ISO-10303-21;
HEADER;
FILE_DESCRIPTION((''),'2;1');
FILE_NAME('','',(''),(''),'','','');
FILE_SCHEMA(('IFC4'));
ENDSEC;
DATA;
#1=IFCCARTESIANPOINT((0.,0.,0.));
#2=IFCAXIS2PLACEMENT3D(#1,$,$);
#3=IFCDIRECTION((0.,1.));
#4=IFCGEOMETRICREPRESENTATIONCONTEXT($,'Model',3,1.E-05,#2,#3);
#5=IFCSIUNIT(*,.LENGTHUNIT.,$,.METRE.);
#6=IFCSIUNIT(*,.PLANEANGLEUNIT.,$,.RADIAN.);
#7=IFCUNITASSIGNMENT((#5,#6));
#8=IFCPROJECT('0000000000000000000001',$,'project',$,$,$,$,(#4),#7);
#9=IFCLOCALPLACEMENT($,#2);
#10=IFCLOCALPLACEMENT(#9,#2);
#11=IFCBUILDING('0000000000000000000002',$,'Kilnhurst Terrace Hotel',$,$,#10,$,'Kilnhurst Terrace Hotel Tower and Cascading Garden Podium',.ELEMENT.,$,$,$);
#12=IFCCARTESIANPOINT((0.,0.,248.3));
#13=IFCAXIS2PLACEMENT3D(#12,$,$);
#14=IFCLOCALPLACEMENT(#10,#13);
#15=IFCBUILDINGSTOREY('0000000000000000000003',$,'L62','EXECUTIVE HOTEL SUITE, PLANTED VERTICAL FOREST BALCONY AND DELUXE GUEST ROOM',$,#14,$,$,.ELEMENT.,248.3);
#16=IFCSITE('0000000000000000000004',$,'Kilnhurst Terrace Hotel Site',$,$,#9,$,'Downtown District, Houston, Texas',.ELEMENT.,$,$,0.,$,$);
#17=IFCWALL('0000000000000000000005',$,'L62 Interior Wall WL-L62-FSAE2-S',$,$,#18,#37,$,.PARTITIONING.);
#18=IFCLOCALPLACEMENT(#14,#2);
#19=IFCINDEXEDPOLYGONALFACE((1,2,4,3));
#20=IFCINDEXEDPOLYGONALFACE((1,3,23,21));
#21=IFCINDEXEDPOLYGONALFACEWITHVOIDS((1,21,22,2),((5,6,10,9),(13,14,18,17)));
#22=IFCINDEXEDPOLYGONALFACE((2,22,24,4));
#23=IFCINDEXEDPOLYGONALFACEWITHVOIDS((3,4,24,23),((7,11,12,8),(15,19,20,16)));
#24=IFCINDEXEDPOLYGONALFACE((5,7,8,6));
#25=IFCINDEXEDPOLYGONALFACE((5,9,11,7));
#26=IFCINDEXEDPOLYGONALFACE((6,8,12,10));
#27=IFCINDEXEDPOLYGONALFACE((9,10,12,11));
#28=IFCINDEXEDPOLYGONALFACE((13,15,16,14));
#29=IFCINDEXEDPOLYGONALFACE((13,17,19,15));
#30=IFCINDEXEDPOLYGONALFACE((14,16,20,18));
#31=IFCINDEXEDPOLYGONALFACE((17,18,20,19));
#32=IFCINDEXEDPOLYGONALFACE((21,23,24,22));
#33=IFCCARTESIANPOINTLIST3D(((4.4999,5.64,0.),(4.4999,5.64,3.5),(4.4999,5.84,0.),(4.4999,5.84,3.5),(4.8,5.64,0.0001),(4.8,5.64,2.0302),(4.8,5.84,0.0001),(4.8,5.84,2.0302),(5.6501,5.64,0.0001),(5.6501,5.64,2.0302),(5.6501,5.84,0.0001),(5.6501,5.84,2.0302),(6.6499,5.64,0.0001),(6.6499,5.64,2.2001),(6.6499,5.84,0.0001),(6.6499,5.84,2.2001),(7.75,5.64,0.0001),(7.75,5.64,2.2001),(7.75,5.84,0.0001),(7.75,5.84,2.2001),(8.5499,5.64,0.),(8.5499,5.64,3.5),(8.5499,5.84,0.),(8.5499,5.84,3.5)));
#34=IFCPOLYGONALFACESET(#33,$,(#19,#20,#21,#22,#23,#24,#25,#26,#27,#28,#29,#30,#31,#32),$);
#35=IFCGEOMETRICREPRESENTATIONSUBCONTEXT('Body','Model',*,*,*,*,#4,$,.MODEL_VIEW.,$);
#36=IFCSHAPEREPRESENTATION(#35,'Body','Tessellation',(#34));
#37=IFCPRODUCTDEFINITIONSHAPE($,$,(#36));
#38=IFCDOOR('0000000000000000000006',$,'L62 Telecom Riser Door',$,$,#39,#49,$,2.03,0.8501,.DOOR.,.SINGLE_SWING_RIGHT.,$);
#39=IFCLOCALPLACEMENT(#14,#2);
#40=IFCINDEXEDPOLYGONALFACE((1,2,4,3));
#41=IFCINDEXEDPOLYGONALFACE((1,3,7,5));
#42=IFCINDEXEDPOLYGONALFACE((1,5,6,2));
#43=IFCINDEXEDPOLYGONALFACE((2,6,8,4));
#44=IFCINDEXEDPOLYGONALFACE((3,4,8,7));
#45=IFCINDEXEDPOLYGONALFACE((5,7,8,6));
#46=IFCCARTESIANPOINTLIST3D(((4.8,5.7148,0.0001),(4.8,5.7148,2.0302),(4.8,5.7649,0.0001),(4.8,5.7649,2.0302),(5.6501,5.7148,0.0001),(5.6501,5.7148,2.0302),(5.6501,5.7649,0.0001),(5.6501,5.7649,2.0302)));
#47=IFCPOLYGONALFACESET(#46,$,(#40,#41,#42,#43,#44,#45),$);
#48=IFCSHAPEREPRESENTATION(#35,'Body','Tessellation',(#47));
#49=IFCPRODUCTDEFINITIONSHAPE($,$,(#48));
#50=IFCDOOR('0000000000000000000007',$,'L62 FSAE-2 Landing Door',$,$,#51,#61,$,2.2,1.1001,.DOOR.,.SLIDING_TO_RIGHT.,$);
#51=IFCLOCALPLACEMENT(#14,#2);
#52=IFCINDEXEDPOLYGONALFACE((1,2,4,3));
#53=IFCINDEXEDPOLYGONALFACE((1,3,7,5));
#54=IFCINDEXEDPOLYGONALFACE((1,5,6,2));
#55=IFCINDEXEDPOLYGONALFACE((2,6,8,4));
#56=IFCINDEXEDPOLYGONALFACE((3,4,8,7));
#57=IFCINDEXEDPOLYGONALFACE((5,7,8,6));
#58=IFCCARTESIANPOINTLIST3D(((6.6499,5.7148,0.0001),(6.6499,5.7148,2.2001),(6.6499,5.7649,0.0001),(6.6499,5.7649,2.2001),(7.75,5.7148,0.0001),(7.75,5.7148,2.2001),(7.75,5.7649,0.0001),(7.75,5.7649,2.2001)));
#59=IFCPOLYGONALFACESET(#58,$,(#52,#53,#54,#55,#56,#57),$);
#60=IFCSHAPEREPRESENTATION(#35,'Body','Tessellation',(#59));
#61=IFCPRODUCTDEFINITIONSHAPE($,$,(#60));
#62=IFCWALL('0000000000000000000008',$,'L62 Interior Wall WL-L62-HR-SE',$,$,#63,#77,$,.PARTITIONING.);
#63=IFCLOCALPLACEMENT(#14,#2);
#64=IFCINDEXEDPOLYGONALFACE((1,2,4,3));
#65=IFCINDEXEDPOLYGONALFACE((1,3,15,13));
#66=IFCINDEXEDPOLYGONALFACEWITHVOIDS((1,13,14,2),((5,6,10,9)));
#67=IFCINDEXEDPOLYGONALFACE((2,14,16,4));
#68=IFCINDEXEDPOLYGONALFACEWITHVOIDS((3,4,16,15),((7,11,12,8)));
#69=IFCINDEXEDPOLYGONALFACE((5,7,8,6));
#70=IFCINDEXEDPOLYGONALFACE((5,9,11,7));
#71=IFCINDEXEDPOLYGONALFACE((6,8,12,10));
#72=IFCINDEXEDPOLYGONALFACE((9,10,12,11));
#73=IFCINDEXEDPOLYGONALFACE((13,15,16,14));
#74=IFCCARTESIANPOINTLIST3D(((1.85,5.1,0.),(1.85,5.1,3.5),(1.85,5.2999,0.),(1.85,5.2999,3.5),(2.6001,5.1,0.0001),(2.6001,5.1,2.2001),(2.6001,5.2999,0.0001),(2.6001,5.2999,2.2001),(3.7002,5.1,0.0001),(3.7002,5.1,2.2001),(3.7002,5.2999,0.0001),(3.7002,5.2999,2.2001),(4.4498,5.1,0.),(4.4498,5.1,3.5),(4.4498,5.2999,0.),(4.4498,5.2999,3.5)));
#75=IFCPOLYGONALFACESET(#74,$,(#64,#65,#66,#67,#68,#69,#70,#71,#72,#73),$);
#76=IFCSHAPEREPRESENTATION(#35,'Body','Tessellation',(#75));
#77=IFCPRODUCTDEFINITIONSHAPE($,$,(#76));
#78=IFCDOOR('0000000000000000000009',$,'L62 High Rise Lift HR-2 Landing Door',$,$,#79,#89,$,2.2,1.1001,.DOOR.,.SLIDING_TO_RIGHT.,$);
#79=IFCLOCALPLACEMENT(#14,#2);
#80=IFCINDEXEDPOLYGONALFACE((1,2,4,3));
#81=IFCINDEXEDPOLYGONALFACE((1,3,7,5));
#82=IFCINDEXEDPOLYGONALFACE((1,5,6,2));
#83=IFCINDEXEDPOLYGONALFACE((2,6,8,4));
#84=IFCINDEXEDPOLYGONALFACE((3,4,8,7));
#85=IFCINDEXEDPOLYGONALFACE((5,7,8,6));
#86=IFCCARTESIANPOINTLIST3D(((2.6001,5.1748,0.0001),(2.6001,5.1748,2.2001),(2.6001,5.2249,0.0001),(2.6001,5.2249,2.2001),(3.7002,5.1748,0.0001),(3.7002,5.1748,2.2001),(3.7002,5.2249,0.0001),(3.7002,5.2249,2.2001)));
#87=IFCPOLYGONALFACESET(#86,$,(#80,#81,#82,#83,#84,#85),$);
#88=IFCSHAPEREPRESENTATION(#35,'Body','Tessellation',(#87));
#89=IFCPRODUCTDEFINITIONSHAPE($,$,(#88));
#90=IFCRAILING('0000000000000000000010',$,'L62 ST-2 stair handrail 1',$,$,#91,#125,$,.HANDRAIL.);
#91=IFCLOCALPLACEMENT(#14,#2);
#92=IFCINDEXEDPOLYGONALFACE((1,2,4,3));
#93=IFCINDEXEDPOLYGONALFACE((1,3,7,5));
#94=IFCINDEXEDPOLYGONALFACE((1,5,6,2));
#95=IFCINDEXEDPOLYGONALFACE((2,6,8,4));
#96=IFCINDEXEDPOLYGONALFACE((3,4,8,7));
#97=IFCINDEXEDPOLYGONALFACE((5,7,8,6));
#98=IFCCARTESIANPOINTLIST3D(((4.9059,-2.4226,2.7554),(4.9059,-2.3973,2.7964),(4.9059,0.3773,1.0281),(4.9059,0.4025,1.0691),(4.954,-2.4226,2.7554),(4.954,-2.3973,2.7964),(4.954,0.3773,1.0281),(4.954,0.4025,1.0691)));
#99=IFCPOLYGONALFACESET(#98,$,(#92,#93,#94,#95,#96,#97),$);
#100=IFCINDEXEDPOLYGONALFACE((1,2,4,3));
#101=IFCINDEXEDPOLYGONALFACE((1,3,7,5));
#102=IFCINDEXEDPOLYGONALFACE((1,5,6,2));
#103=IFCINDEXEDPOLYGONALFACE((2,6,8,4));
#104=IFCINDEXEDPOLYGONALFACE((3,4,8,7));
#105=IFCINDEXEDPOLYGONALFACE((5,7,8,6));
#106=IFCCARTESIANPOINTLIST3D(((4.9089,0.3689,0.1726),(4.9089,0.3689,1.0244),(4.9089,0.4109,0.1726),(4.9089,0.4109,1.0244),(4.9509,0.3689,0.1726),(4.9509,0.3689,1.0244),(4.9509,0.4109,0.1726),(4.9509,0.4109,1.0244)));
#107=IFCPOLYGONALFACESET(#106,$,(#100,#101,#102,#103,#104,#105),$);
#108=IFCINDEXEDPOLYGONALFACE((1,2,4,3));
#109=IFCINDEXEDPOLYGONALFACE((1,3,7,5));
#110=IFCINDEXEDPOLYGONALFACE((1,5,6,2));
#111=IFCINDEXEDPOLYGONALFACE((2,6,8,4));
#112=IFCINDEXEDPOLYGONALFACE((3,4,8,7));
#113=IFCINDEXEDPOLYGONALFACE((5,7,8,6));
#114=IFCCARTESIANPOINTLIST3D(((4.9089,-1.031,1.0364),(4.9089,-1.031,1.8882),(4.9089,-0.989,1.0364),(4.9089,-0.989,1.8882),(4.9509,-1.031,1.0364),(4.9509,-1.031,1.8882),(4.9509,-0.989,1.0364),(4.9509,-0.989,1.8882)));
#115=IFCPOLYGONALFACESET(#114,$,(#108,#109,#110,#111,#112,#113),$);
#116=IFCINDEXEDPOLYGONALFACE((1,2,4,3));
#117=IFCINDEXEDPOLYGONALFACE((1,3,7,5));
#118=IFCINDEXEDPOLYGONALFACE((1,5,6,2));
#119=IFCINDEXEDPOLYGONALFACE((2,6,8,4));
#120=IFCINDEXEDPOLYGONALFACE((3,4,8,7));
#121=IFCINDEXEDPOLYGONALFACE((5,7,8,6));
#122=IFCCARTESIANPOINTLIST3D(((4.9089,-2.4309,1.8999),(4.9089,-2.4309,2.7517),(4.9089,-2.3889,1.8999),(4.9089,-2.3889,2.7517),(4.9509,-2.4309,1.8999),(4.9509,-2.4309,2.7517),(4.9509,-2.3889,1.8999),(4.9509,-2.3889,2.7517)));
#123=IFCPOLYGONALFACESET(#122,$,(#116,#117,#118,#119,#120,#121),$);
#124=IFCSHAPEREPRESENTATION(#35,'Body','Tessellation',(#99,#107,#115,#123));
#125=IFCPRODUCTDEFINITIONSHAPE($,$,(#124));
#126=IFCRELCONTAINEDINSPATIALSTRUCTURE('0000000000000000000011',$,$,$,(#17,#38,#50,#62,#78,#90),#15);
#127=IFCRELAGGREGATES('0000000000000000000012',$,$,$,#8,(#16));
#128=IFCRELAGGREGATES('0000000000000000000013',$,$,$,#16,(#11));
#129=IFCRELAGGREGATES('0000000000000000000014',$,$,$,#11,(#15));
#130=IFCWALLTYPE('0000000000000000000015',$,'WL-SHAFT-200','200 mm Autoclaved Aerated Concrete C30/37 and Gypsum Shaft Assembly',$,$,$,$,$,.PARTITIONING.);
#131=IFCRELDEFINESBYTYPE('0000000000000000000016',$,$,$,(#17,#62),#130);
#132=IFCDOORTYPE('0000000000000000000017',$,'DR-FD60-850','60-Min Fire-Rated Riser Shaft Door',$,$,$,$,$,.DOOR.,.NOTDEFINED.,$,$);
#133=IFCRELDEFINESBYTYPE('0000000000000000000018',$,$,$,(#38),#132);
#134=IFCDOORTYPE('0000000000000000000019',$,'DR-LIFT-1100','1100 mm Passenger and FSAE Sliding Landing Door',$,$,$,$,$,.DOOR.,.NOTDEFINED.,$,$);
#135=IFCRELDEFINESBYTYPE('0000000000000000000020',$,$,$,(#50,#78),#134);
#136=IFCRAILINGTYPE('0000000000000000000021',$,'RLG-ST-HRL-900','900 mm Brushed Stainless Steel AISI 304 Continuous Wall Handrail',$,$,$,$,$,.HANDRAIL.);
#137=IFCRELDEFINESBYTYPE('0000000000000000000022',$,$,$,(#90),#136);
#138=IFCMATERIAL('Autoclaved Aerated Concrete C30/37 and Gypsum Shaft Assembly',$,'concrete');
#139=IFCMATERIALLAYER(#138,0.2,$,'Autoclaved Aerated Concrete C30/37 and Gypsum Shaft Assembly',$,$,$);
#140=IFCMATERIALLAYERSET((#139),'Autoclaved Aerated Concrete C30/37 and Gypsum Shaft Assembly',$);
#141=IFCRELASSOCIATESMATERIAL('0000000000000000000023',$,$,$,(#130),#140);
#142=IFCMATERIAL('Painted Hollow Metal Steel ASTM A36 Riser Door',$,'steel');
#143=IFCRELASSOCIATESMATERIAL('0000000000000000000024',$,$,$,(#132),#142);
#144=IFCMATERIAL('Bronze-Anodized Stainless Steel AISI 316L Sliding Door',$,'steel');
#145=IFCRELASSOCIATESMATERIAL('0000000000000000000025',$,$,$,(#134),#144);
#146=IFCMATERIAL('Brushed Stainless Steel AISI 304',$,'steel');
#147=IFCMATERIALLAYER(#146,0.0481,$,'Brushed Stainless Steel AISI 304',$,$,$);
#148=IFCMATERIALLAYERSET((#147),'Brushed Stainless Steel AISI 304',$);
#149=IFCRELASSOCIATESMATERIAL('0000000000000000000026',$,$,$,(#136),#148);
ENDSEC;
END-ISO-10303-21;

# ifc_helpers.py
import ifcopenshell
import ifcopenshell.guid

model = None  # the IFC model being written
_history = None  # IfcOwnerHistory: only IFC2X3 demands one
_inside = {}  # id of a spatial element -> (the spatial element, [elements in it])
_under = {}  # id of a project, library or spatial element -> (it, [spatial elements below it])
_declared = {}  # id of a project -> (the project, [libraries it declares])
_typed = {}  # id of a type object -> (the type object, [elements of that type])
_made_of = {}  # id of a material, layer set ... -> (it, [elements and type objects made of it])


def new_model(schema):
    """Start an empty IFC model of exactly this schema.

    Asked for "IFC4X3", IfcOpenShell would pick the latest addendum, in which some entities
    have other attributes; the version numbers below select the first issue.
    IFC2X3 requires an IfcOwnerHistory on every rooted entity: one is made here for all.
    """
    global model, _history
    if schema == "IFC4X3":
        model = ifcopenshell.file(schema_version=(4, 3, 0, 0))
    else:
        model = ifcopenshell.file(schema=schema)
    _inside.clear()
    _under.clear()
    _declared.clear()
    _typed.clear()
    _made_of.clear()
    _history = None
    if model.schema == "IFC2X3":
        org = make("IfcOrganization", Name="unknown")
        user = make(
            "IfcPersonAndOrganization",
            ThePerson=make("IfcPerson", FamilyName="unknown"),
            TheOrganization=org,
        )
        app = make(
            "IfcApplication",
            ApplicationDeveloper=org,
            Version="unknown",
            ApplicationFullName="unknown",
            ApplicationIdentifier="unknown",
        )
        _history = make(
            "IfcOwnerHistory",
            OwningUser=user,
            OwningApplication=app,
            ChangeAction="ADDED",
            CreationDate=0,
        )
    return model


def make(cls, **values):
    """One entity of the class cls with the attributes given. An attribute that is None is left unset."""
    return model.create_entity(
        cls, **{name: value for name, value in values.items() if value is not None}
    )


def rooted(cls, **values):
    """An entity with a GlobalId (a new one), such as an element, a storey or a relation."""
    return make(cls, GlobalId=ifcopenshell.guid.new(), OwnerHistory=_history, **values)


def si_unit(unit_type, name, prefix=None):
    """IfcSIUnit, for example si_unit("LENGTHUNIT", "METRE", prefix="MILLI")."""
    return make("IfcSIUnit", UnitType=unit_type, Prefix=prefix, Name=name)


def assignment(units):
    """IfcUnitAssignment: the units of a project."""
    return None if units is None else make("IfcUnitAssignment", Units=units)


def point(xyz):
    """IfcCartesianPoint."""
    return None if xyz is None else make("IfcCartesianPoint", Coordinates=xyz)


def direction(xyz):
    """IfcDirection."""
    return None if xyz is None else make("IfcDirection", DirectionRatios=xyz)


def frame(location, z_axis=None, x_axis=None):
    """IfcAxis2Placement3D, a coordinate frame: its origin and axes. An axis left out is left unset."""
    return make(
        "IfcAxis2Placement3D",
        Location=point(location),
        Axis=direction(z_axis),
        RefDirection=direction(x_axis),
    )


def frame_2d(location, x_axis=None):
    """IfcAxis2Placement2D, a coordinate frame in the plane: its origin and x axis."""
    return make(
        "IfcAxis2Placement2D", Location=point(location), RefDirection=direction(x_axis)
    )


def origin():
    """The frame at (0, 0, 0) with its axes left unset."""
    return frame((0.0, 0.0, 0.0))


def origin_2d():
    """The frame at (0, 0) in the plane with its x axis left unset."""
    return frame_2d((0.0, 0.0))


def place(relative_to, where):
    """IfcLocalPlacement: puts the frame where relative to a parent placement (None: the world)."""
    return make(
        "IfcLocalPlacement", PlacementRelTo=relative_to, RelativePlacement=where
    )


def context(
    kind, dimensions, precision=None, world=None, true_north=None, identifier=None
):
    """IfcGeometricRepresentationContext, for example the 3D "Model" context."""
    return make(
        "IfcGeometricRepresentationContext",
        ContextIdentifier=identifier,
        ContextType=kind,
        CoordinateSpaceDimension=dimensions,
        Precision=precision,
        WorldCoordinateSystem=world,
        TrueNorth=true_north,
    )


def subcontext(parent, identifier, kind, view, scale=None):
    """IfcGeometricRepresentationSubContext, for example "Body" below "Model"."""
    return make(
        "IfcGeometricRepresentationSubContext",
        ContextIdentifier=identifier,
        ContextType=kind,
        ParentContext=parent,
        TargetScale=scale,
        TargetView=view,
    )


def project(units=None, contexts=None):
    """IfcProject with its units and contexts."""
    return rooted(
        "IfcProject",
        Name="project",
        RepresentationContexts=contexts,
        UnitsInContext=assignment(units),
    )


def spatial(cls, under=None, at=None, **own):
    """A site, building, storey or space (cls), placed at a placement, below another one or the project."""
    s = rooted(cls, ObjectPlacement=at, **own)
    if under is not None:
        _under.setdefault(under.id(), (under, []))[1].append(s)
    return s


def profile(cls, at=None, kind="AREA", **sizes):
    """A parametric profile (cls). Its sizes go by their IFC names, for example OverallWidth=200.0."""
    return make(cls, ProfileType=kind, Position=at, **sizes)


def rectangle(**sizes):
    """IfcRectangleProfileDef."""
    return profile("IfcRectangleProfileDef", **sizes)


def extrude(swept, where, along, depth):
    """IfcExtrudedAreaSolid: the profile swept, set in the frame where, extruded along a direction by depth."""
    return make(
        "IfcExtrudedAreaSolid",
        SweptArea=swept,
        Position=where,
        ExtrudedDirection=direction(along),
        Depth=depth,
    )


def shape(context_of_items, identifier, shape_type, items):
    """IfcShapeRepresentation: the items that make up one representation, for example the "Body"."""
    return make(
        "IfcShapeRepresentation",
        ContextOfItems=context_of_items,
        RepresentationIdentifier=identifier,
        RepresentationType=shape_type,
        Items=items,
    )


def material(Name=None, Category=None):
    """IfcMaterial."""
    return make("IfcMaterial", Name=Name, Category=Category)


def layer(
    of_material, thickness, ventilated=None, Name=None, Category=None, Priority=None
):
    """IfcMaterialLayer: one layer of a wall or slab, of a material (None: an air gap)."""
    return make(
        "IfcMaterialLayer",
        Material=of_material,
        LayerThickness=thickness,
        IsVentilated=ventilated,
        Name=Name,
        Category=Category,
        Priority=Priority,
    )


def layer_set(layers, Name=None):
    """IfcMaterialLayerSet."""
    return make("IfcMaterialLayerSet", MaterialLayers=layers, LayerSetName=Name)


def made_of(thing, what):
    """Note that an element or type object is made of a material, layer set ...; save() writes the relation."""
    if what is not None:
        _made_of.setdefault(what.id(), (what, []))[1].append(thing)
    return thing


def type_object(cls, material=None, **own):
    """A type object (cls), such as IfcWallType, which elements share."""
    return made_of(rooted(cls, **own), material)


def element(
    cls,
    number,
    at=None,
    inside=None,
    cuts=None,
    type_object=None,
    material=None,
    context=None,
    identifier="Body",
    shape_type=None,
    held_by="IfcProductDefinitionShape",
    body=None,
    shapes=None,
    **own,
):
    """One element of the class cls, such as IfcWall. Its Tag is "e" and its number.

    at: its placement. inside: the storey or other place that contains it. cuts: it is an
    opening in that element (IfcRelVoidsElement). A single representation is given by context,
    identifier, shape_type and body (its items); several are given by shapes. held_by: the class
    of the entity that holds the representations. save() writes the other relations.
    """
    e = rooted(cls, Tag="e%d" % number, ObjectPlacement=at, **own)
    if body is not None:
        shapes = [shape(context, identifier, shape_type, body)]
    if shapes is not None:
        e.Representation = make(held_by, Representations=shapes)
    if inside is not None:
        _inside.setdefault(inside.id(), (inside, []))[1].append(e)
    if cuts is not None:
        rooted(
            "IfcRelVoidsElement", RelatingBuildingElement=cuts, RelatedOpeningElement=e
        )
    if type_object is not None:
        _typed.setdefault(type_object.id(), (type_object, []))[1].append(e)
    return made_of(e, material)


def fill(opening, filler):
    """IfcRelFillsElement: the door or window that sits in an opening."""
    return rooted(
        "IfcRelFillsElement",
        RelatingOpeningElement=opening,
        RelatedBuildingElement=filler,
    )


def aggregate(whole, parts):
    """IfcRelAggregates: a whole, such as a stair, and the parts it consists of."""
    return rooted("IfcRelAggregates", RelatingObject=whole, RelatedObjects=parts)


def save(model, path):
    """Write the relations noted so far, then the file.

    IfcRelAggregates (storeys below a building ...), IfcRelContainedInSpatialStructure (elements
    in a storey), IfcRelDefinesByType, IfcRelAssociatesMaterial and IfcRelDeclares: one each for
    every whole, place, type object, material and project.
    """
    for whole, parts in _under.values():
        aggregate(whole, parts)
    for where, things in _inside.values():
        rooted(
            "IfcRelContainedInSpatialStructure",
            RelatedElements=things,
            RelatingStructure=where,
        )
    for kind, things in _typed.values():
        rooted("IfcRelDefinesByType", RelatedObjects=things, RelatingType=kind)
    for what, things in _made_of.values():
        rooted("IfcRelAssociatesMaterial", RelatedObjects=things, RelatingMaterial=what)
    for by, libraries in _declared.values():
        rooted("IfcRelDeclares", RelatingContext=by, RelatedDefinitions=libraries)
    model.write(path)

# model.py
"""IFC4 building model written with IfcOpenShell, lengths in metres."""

from ifc_helpers import new_model, si_unit, direction, frame, frame_2d, origin, origin_2d, place, context, subcontext, project, spatial, rectangle, extrude, material, layer, layer_set, type_object, element, fill, save


model = new_model("IFC4")

# Units and contexts
model_context = context("Model", 3, precision=1e-05, world=origin(), true_north=direction((0.0, 1.0)))
body_context = subcontext(model_context, "Body", "Model", "MODEL_VIEW")
ifc_project = project(units=[si_unit("LENGTHUNIT", "METRE"), si_unit("PLANEANGLEUNIT", "RADIAN")], contexts=[model_context])

# Site, building, storey
site_placement = place(None, origin())
site = spatial("IfcSite", under=ifc_project, at=site_placement, Name="Kilnhurst Terrace Hotel Site", LongName="Downtown District, Houston, Texas", CompositionType="ELEMENT", RefElevation=0.0)
building_placement = place(site_placement, origin())
building = spatial("IfcBuilding", under=site, at=building_placement, Name="Kilnhurst Terrace Hotel", LongName="Kilnhurst Terrace Hotel Tower and Cascading Garden Podium", CompositionType="ELEMENT")
storey_placement = place(building_placement, frame((0.0, 0.0, 248.3)))
storey = spatial("IfcBuildingStorey", under=building, at=storey_placement, Name="L62", Description="EXECUTIVE HOTEL SUITE, PLANTED VERTICAL FOREST BALCONY AND DELUXE GUEST ROOM", CompositionType="ELEMENT", Elevation=248.3)

# Wall, openings, doors
ifc_material_1 = material(Name="Autoclaved Aerated Concrete C30/37 and Gypsum Shaft Assembly", Category="concrete")
ifc_layer_1 = layer(ifc_material_1, 0.2, Name="Autoclaved Aerated Concrete C30/37 and Gypsum Shaft Assembly")
ifc_layer_set_1 = layer_set([ifc_layer_1], Name="Autoclaved Aerated Concrete C30/37 and Gypsum Shaft Assembly")
wall_type_1 = type_object("IfcWallType", Name="WL-SHAFT-200", Description="200 mm Autoclaved Aerated Concrete C30/37 and Gypsum Shaft Assembly", PredefinedType="PARTITIONING", material=ifc_layer_set_1)
wall_1_placement = place(storey_placement, frame((4.5, 5.74, 0.0), z_axis=(0.0, 0.0, 1.0), x_axis=(1.0, 0.0, 0.0)))
wall_1 = element("IfcWall", 1, at=wall_1_placement, inside=storey, type_object=wall_type_1, Name="L62 Interior Wall WL-L62-FSAE2-S", PredefinedType="PARTITIONING", context=body_context, shape_type="SweptSolid", body=[
    extrude(rectangle(XDim=4.05, YDim=0.2, at=frame_2d((2.0249, 0.0))), origin(), (0.0, 0.0, 1.0), 3.5),
])
opening_1_placement = place(wall_1_placement, frame((0.3, 0.0, 0.0)))
opening_1 = element("IfcOpeningElement", 2, at=opening_1_placement, cuts=wall_1, PredefinedType="OPENING", context=body_context, shape_type="SweptSolid", body=[
    extrude(rectangle(XDim=0.8501, YDim=2.03, at=frame_2d((0.425, 1.0151))), frame((0.0, 0.1099, 0.0), z_axis=(0.0, -1.0, 0.0), x_axis=(1.0, 0.0, 0.0)), (0.0, 0.0, 1.0), 0.22),
])
opening_2_placement = place(wall_1_placement, frame((2.1499, 0.0, 0.0)))
opening_2 = element("IfcOpeningElement", 3, at=opening_2_placement, cuts=wall_1, PredefinedType="OPENING", context=body_context, shape_type="SweptSolid", body=[
    extrude(rectangle(XDim=1.1001, YDim=2.2, at=frame_2d((0.55, 1.1001))), frame((0.0, 0.1099, 0.0), z_axis=(0.0, -1.0, 0.0), x_axis=(1.0, 0.0, 0.0)), (0.0, 0.0, 1.0), 0.22),
])
ifc_material_2 = material(Name="Painted Hollow Metal Steel ASTM A36 Riser Door", Category="steel")
door_type_1 = type_object("IfcDoorType", Name="DR-FD60-850", Description="60-Min Fire-Rated Riser Shaft Door", OperationType="NOTDEFINED", PredefinedType="DOOR", material=ifc_material_2)
door_1_placement = place(opening_1_placement, origin())
door_1 = element("IfcDoor", 4, at=door_1_placement, inside=storey, type_object=door_type_1, Name="L62 Telecom Riser Door", OperationType="SINGLE_SWING_RIGHT", OverallHeight=2.03, OverallWidth=0.8501, PredefinedType="DOOR", context=body_context, shape_type="SweptSolid", body=[
    extrude(rectangle(XDim=0.8501, YDim=2.03, at=frame_2d((0.425, 1.0151))), frame((0.0, 0.0249, 0.0), z_axis=(0.0, -1.0, 0.0), x_axis=(1.0, 0.0, 0.0)), (0.0, 0.0, 1.0), 0.05),
])
fill(opening_1, door_1)
ifc_material_3 = material(Name="Bronze-Anodized Stainless Steel AISI 316L Sliding Door", Category="steel")
door_type_2 = type_object("IfcDoorType", Name="DR-LIFT-1100", Description="1100 mm Passenger and FSAE Sliding Landing Door", OperationType="NOTDEFINED", PredefinedType="DOOR", material=ifc_material_3)
door_2_placement = place(opening_2_placement, origin())
door_2 = element("IfcDoor", 5, at=door_2_placement, inside=storey, type_object=door_type_2, Name="L62 FSAE-2 Landing Door", OperationType="SLIDING_TO_RIGHT", OverallHeight=2.2, OverallWidth=1.1001, PredefinedType="DOOR", context=body_context, shape_type="SweptSolid", body=[
    extrude(rectangle(XDim=1.1001, YDim=2.2, at=frame_2d((0.55, 1.1001))), frame((0.0, 0.0249, 0.0), z_axis=(0.0, -1.0, 0.0), x_axis=(1.0, 0.0, 0.0)), (0.0, 0.0, 1.0), 0.05),
])
fill(opening_2, door_2)

# Wall, opening, door
wall_2_placement = place(storey_placement, frame((1.8501, 5.2, 0.0), z_axis=(0.0, 0.0, 1.0), x_axis=(1.0, 0.0, 0.0)))
wall_2 = element("IfcWall", 6, at=wall_2_placement, inside=storey, type_object=wall_type_1, Name="L62 Interior Wall WL-L62-HR-SE", PredefinedType="PARTITIONING", context=body_context, shape_type="SweptSolid", body=[
    extrude(rectangle(XDim=2.5999, YDim=0.2, at=frame_2d((1.2998, 0.0))), origin(), (0.0, 0.0, 1.0), 3.5),
])
opening_3_placement = place(wall_2_placement, frame((0.75, 0.0, 0.0)))
opening_3 = element("IfcOpeningElement", 7, at=opening_3_placement, cuts=wall_2, PredefinedType="OPENING", context=body_context, shape_type="SweptSolid", body=[
    extrude(rectangle(XDim=1.1001, YDim=2.2, at=frame_2d((0.55, 1.1001))), frame((0.0, 0.1099, 0.0), z_axis=(0.0, -1.0, 0.0), x_axis=(1.0, 0.0, 0.0)), (0.0, 0.0, 1.0), 0.22),
])
door_3_placement = place(opening_3_placement, origin())
door_3 = element("IfcDoor", 8, at=door_3_placement, inside=storey, type_object=door_type_2, Name="L62 High Rise Lift HR-2 Landing Door", OperationType="SLIDING_TO_RIGHT", OverallHeight=2.2, OverallWidth=1.1001, PredefinedType="DOOR", context=body_context, shape_type="SweptSolid", body=[
    extrude(rectangle(XDim=1.1001, YDim=2.2, at=frame_2d((0.55, 1.1001))), frame((0.0, 0.0249, 0.0), z_axis=(0.0, -1.0, 0.0), x_axis=(1.0, 0.0, 0.0)), (0.0, 0.0, 1.0), 0.05),
])
fill(opening_3, door_3)

# Railing
ifc_material_4 = material(Name="Brushed Stainless Steel AISI 304", Category="steel")
ifc_layer_2 = layer(ifc_material_4, 0.0481, Name="Brushed Stainless Steel AISI 304")
ifc_layer_set_2 = layer_set([ifc_layer_2], Name="Brushed Stainless Steel AISI 304")
railing_type = type_object("IfcRailingType", Name="RLG-ST-HRL-900", Description="900 mm Brushed Stainless Steel AISI 304 Continuous Wall Handrail", PredefinedType="HANDRAIL", material=ifc_layer_set_2)
railing_placement = place(storey_placement, frame((4.9299, 0.3899, 0.1726)))
element("IfcRailing", 9, at=railing_placement, inside=storey, type_object=railing_type, Name="L62 ST-2 stair handrail 1", PredefinedType="HANDRAIL", context=body_context, shape_type="SweptSolid", body=[
    extrude(rectangle(XDim=0.0481, YDim=0.0481, at=origin_2d()), frame((0.0, 0.0, 0.876), z_axis=(0.0, -0.851069, 0.525054), x_axis=(1.0, 0.0, 0.0)), (0.0, 0.0, 1.0), 3.2898),
    extrude(rectangle(XDim=0.042, YDim=0.042, at=origin_2d()), origin(), (0.0, 0.0, 1.0), 0.8518),
    extrude(rectangle(XDim=0.042, YDim=0.042, at=origin_2d()), frame((0.0, -1.3999, 0.8638)), (0.0, 0.0, 1.0), 0.8518),
    extrude(rectangle(XDim=0.042, YDim=0.042, at=origin_2d()), frame((0.0, -2.7998, 1.7273)), (0.0, 0.0, 1.0), 0.8518),
])

save(model, "model.ifc")
